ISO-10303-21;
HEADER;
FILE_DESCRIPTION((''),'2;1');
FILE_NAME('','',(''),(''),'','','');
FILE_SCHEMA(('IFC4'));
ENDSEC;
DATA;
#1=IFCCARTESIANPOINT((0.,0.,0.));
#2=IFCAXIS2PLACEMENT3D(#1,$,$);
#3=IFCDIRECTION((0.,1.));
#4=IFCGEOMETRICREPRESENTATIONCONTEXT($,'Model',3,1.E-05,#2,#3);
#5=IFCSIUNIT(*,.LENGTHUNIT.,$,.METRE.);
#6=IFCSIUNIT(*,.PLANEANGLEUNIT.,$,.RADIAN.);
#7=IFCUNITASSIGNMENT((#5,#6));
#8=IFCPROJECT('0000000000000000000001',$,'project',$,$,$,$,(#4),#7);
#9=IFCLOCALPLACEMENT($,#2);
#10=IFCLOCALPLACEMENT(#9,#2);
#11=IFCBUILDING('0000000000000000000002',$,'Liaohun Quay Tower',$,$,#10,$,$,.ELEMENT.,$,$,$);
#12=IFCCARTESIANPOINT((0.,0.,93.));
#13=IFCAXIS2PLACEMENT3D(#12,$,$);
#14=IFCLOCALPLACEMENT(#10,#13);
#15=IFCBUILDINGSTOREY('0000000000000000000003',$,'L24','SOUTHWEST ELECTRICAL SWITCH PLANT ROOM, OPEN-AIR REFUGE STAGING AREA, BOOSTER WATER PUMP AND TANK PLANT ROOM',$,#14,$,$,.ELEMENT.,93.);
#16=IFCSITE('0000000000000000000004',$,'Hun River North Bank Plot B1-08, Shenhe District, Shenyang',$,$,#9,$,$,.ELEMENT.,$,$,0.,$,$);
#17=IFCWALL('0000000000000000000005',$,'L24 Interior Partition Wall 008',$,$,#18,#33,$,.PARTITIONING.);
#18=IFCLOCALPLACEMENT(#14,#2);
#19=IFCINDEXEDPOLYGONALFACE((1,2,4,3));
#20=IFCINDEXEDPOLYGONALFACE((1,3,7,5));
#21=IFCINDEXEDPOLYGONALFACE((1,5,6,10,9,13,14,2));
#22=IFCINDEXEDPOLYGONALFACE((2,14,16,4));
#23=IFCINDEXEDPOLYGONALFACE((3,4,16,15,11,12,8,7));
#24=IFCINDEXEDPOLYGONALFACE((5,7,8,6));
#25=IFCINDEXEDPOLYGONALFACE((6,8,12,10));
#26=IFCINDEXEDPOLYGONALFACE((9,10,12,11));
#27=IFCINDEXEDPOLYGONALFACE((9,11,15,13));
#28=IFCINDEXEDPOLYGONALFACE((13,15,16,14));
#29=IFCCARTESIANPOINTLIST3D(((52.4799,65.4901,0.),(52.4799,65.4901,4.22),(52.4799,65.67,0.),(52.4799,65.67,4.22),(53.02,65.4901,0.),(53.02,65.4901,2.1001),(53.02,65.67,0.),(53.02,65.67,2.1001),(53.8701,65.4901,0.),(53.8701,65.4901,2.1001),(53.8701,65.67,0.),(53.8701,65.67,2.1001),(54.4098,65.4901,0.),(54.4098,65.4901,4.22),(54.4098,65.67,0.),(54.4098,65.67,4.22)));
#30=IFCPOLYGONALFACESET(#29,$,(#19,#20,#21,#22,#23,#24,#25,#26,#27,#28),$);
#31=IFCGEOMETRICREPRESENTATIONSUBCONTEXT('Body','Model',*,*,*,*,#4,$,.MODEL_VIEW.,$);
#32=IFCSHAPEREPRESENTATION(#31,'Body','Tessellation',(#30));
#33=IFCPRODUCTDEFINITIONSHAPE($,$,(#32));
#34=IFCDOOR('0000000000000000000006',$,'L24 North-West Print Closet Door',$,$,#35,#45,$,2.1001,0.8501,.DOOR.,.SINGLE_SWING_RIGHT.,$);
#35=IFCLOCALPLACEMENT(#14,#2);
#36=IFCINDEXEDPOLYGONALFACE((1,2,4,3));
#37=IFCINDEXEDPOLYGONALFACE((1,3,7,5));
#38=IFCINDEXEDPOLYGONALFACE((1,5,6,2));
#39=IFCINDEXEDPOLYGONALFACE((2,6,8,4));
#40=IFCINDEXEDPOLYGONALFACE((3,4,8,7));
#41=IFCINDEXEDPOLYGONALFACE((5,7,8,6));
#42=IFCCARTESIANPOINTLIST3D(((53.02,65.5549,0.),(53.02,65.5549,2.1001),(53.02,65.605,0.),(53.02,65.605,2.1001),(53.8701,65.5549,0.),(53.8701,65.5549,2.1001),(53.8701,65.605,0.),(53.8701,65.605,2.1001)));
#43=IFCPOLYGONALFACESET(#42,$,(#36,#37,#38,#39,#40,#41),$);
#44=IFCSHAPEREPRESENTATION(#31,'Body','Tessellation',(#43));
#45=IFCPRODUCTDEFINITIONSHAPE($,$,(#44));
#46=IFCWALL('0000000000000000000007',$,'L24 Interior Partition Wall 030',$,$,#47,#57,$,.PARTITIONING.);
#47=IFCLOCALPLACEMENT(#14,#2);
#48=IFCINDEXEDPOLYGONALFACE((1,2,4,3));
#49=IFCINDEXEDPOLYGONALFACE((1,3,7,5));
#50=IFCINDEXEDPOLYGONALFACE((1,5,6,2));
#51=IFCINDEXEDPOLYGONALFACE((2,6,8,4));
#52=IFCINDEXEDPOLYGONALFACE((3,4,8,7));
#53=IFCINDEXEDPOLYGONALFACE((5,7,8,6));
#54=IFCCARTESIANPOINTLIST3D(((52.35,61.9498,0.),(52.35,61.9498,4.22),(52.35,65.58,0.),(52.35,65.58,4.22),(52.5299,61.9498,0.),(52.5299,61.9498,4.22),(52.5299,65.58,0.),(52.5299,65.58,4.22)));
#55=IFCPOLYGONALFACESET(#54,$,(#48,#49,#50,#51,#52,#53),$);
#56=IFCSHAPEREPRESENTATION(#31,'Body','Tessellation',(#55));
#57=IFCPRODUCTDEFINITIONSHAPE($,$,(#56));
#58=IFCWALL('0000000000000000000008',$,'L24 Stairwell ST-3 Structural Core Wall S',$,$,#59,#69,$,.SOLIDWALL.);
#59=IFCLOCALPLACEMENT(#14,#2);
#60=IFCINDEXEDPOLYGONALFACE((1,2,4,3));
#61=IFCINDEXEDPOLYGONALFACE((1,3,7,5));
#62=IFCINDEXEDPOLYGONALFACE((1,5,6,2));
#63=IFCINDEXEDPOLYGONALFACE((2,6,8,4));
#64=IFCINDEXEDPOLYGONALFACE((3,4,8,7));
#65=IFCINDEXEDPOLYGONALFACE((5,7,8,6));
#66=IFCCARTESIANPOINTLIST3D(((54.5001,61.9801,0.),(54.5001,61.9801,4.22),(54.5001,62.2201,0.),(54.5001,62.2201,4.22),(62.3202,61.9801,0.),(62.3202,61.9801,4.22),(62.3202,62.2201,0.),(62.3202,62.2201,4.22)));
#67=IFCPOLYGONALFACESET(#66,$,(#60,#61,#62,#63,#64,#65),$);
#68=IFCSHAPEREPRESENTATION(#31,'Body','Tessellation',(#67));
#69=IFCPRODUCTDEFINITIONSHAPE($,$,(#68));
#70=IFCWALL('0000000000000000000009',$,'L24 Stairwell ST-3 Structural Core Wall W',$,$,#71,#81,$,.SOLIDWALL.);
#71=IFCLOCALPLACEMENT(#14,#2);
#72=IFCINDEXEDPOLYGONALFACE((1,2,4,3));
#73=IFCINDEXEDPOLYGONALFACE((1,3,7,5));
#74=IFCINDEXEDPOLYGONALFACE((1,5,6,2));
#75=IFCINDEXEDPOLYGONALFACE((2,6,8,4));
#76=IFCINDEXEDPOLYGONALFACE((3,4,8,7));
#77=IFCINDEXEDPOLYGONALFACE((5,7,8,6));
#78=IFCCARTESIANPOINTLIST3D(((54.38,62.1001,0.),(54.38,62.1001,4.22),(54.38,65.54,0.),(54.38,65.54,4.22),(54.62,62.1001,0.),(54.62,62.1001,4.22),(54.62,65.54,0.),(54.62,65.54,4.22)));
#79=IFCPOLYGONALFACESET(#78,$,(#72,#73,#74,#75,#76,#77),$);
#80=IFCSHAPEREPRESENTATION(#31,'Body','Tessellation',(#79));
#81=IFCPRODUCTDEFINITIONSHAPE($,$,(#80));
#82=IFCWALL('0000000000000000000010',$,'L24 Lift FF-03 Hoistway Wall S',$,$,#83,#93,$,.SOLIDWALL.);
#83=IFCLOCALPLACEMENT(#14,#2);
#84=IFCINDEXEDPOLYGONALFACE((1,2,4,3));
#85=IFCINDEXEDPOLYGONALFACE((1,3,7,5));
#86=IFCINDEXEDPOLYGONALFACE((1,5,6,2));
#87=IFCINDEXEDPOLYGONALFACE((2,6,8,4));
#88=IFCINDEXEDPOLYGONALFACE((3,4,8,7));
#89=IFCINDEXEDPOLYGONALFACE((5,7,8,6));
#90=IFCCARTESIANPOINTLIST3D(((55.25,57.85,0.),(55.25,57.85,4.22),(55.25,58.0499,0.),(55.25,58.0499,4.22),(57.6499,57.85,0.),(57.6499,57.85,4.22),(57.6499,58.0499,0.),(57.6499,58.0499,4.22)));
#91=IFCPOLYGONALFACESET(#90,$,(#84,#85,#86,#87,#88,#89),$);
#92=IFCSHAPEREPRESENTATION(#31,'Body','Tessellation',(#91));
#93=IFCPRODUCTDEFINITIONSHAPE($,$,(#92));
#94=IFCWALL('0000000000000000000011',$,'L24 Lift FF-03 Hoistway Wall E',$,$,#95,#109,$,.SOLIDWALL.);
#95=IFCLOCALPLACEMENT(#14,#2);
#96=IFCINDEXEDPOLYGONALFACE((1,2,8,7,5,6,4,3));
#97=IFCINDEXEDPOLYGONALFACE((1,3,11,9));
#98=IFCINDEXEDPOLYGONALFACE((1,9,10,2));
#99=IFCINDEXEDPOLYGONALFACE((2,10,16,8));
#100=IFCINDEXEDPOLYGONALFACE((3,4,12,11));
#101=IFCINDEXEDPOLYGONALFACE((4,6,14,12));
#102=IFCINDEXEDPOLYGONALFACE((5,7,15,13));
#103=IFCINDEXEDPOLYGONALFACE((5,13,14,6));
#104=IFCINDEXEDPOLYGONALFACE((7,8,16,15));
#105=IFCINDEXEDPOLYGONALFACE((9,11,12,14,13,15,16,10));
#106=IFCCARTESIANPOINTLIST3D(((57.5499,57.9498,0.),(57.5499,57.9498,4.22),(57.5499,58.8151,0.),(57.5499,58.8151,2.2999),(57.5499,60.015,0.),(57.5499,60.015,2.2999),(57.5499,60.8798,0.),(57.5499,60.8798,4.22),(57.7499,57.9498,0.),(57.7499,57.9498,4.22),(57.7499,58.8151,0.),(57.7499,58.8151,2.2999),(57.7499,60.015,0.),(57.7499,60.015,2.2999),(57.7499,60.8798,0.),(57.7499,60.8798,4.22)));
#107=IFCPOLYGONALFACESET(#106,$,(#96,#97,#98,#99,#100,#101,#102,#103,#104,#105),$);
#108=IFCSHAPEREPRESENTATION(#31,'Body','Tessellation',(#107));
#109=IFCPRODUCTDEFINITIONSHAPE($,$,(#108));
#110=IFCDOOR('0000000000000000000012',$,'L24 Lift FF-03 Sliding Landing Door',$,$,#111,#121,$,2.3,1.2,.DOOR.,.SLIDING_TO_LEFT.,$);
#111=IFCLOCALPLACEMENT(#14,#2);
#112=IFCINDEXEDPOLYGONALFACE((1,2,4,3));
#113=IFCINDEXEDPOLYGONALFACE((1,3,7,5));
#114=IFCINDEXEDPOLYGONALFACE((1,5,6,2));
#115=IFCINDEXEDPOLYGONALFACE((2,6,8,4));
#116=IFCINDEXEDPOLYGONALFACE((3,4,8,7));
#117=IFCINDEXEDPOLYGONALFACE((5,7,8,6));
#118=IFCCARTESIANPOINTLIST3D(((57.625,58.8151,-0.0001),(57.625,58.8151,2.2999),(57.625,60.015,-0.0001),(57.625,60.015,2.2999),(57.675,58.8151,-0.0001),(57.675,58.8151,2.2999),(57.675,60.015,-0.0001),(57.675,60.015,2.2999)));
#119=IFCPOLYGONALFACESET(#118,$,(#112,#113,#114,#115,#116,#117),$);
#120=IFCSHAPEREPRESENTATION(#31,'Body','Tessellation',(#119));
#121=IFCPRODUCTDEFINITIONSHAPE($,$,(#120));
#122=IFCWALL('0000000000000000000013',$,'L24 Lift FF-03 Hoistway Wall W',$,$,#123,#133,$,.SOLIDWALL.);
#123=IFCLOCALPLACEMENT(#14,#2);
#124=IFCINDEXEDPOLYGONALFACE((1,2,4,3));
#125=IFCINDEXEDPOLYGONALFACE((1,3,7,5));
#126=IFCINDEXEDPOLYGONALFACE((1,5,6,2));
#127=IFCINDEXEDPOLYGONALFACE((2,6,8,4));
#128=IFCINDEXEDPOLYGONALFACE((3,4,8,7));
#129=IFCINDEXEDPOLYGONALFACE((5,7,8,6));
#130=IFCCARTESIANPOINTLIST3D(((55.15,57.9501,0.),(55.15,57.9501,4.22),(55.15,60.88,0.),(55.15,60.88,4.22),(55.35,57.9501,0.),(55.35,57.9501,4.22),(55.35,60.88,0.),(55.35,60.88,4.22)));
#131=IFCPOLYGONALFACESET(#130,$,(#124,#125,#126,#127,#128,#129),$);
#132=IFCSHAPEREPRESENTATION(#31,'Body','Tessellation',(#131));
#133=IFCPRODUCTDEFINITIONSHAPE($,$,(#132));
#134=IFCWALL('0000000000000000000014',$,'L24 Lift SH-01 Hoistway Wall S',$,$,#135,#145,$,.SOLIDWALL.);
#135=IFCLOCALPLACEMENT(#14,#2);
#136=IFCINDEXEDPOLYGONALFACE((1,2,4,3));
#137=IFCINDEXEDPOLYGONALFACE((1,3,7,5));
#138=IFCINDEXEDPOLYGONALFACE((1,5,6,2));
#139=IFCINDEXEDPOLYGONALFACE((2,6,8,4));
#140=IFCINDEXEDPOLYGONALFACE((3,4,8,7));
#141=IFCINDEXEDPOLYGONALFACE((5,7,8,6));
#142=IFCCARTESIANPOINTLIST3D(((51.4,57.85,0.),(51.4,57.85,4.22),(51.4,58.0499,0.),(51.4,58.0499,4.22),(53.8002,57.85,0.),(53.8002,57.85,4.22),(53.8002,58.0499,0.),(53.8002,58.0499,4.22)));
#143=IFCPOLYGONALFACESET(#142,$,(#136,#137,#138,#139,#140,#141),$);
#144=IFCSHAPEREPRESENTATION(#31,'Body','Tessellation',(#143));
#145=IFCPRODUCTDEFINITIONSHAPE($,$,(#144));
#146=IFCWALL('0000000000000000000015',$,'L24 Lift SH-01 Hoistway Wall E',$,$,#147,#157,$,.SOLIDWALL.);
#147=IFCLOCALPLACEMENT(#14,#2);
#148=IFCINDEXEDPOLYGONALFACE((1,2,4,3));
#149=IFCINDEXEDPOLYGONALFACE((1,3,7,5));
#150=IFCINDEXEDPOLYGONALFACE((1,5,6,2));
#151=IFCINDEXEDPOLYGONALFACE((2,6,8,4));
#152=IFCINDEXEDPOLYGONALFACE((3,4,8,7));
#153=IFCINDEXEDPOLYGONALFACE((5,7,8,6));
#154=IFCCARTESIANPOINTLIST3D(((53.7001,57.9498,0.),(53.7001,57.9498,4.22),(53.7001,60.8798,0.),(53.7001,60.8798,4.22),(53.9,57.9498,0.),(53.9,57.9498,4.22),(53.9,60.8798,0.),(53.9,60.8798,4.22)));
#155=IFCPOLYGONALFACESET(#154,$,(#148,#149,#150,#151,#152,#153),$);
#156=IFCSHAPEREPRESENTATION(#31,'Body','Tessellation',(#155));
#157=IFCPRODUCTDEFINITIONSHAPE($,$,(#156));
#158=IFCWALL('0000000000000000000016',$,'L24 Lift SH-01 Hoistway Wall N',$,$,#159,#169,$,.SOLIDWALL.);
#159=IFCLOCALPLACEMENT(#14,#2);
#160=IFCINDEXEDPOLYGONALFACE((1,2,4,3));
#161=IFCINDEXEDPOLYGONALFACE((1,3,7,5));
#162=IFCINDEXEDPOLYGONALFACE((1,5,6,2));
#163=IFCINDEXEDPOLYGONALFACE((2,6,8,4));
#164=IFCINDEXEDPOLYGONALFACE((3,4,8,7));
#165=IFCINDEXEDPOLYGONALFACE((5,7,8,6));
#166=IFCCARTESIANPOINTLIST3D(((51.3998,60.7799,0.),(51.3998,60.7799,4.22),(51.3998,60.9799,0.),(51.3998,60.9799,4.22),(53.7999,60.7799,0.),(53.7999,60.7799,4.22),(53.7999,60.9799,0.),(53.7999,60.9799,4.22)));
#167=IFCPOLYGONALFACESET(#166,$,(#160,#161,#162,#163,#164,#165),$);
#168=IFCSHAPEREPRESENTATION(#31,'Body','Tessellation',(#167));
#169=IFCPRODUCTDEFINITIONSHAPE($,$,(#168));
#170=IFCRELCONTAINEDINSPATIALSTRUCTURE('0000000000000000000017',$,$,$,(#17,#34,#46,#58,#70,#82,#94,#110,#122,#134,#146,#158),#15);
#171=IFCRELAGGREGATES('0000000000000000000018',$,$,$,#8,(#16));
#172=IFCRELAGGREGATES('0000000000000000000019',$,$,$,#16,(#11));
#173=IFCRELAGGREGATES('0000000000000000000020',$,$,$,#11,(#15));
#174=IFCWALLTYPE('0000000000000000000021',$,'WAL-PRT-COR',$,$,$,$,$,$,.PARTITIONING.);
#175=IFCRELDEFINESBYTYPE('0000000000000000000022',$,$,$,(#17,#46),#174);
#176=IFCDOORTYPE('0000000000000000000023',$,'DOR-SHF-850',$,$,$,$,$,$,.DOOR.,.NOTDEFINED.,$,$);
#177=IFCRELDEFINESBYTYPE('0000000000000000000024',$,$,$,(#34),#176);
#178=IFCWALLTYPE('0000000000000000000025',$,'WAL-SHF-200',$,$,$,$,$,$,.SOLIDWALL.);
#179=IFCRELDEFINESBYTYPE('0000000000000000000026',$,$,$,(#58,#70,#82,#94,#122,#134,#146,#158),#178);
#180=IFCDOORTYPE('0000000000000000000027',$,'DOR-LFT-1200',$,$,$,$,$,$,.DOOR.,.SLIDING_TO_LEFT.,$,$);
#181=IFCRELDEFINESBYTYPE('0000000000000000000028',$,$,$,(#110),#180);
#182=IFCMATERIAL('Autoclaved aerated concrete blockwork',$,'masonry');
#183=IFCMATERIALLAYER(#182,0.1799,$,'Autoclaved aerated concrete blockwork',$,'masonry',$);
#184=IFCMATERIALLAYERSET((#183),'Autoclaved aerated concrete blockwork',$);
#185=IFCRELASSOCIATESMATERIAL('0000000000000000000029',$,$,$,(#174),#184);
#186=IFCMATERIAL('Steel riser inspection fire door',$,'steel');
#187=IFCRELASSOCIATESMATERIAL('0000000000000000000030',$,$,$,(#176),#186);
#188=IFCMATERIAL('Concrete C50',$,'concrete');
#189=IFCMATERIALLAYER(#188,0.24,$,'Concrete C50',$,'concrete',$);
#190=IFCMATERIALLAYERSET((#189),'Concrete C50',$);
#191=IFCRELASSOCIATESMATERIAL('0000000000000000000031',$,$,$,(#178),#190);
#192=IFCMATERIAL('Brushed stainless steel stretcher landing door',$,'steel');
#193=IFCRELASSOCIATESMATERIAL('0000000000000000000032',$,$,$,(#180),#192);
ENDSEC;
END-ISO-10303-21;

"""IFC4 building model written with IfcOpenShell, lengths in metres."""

from ifc_helpers import new_model, si_unit, direction, frame, frame_2d, origin, place, context, subcontext, project, spatial, rectangle, extrude, source, transform, mapped, material, layer, layer_set, type_object, element, fill, save


model = new_model("IFC4")

# Units and contexts
model_context = context("Model", 3, precision=1e-05, world=origin(), true_north=direction((0.0, 1.0)))
body_context = subcontext(model_context, "Body", "Model", "MODEL_VIEW")
ifc_project = project(units=[si_unit("LENGTHUNIT", "METRE"), si_unit("PLANEANGLEUNIT", "RADIAN")], contexts=[model_context])

# Site, building, storey
site_placement = place(None, origin())
site = spatial("IfcSite", under=ifc_project, at=site_placement, Name="Hun River North Bank Plot B1-08, Shenhe District, Shenyang", CompositionType="ELEMENT", RefElevation=0.0)
building_placement = place(site_placement, origin())
building = spatial("IfcBuilding", under=site, at=building_placement, Name="Liaohun Quay Tower", CompositionType="ELEMENT")
storey_placement = place(building_placement, frame((0.0, 0.0, 93.0)))
storey = spatial("IfcBuildingStorey", under=building, at=storey_placement, Name="L24", Description="SOUTHWEST ELECTRICAL SWITCH PLANT ROOM, OPEN-AIR REFUGE STAGING AREA, BOOSTER WATER PUMP AND TANK PLANT ROOM", CompositionType="ELEMENT", Elevation=93.0)

# Wall, opening, door
ifc_material_1 = material(Name="Autoclaved aerated concrete blockwork", Category="masonry")
ifc_layer_1 = layer(ifc_material_1, 0.1799, Name="Autoclaved aerated concrete blockwork", Category="masonry")
ifc_layer_set_1 = layer_set([ifc_layer_1], Name="Autoclaved aerated concrete blockwork")
wall_type_1 = type_object("IfcWallType", Name="WAL-PRT-COR", PredefinedType="PARTITIONING", material=ifc_layer_set_1)
wall_1_placement = place(storey_placement, frame((52.48, 65.5801, 0.0), z_axis=(0.0, 0.0, 1.0), x_axis=(1.0, 0.0, 0.0)))
wall_1 = element("IfcWall", 1, at=wall_1_placement, inside=storey, type_object=wall_type_1, Name="L24 Interior Partition Wall 008", PredefinedType="PARTITIONING", context=body_context, shape_type="SweptSolid", body=[
    extrude(rectangle(XDim=1.9299, YDim=0.1799, at=frame_2d((0.9648, 0.0))), origin(), (0.0, 0.0, 1.0), 4.22),
])
shared_shape_1 = source(origin(), body_context, "Body", "SweptSolid", [
    extrude(rectangle(XDim=0.8501, YDim=2.1001, at=frame_2d((0.425, 1.05))), frame((0.0, 0.0999, 0.0), z_axis=(0.0, -1.0, 0.0), x_axis=(1.0, 0.0, 0.0)), (0.0, 0.0, 1.0), 0.2),
])
opening_1_placement = place(wall_1_placement, frame((0.54, 0.0, 0.0)))
opening_1 = element("IfcOpeningElement", 2, at=opening_1_placement, cuts=wall_1, PredefinedType="OPENING", context=body_context, shape_type="MappedRepresentation", body=[
    mapped(shared_shape_1, transform((0.0, 0.0, 0.0), x_axis=(1.0, 0.0, 0.0), y_axis=(0.0, 1.0, 0.0), z_axis=(0.0, 0.0, 1.0), scale=1.0)),
])
ifc_material_2 = material(Name="Steel riser inspection fire door", Category="steel")
door_type_1 = type_object("IfcDoorType", Name="DOR-SHF-850", OperationType="NOTDEFINED", PredefinedType="DOOR", material=ifc_material_2)
shared_shape_2 = source(origin(), body_context, "Body", "SweptSolid", [
    extrude(rectangle(XDim=0.8501, YDim=2.1001, at=frame_2d((0.425, 1.05))), frame((0.0, 0.0249, 0.0), z_axis=(0.0, -1.0, 0.0), x_axis=(1.0, 0.0, 0.0)), (0.0, 0.0, 1.0), 0.05),
])
door_1_placement = place(opening_1_placement, origin())
door_1 = element("IfcDoor", 3, at=door_1_placement, inside=storey, type_object=door_type_1, Name="L24 North-West Print Closet Door", OperationType="SINGLE_SWING_RIGHT", OverallHeight=2.1001, OverallWidth=0.8501, PredefinedType="DOOR", context=body_context, shape_type="MappedRepresentation", body=[
    mapped(shared_shape_2, transform((0.0, 0.0, 0.0), x_axis=(1.0, 0.0, 0.0), y_axis=(0.0, 1.0, 0.0), z_axis=(0.0, 0.0, 1.0), scale=1.0)),
])
fill(opening_1, door_1)

# Walls
wall_2_placement = place(storey_placement, frame((52.4399, 61.95, 0.0), z_axis=(0.0, 0.0, 1.0), x_axis=(0.0, 1.0, 0.0)))
element("IfcWall", 4, at=wall_2_placement, inside=storey, type_object=wall_type_1, Name="L24 Interior Partition Wall 030", PredefinedType="PARTITIONING", context=body_context, shape_type="SweptSolid", body=[
    extrude(rectangle(XDim=3.6301, YDim=0.1799, at=frame_2d((1.8149, 0.0))), origin(), (0.0, 0.0, 1.0), 4.22),
])
ifc_material_3 = material(Name="Concrete C50", Category="concrete")
ifc_layer_2 = layer(ifc_material_3, 0.24, Name="Concrete C50", Category="concrete")
ifc_layer_set_2 = layer_set([ifc_layer_2], Name="Concrete C50")
wall_type_2 = type_object("IfcWallType", Name="WAL-SHF-200", PredefinedType="SOLIDWALL", material=ifc_layer_set_2)
wall_3_placement = place(storey_placement, frame((54.5, 62.1001, 0.0), z_axis=(0.0, 0.0, 1.0), x_axis=(1.0, 0.0, 0.0)))
element("IfcWall", 5, at=wall_3_placement, inside=storey, type_object=wall_type_2, Name="L24 Stairwell ST-3 Structural Core Wall S", PredefinedType="SOLIDWALL", context=body_context, shape_type="SweptSolid", body=[
    extrude(rectangle(XDim=7.8201, YDim=0.24, at=frame_2d((3.9102, 0.0))), origin(), (0.0, 0.0, 1.0), 4.22),
])
wall_4_placement = place(storey_placement, frame((54.5, 65.54, 0.0), z_axis=(0.0, 0.0, 1.0), x_axis=(0.0, -1.0, 0.0)))
element("IfcWall", 6, at=wall_4_placement, inside=storey, type_object=wall_type_2, Name="L24 Stairwell ST-3 Structural Core Wall W", PredefinedType="SOLIDWALL", context=body_context, shape_type="SweptSolid", body=[
    extrude(rectangle(XDim=3.4399, YDim=0.24, at=frame_2d((1.72, 0.0))), origin(), (0.0, 0.0, 1.0), 4.22),
])
wall_5_placement = place(storey_placement, frame((55.25, 57.95, 0.0), z_axis=(0.0, 0.0, 1.0), x_axis=(1.0, 0.0, 0.0)))
element("IfcWall", 7, at=wall_5_placement, inside=storey, type_object=wall_type_2, Name="L24 Lift FF-03 Hoistway Wall S", PredefinedType="SOLIDWALL", context=body_context, shape_type="SweptSolid", body=[
    extrude(rectangle(XDim=2.3999, YDim=0.2, at=frame_2d((1.2, 0.0))), origin(), (0.0, 0.0, 1.0), 4.22),
])

# Wall, opening, door
wall_6_placement = place(storey_placement, frame((57.6499, 57.95, 0.0), z_axis=(0.0, 0.0, 1.0), x_axis=(0.0, 1.0, 0.0)))
wall_6 = element("IfcWall", 8, at=wall_6_placement, inside=storey, type_object=wall_type_2, Name="L24 Lift FF-03 Hoistway Wall E", PredefinedType="SOLIDWALL", context=body_context, shape_type="SweptSolid", body=[
    extrude(rectangle(XDim=2.9299, YDim=0.2, at=frame_2d((1.4648, 0.0))), origin(), (0.0, 0.0, 1.0), 4.22),
])
shared_shape_3 = source(origin(), body_context, "Body", "SweptSolid", [
    extrude(rectangle(XDim=1.2, YDim=2.3, at=frame_2d((0.6001, 1.1499))), frame((0.0, 0.1099, 0.0), z_axis=(0.0, -1.0, 0.0), x_axis=(1.0, 0.0, 0.0)), (0.0, 0.0, 1.0), 0.22),
])
opening_2_placement = place(wall_6_placement, frame((0.865, 0.0, 0.0)))
opening_2 = element("IfcOpeningElement", 9, at=opening_2_placement, cuts=wall_6, PredefinedType="OPENING", context=body_context, shape_type="MappedRepresentation", body=[
    mapped(shared_shape_3, transform((0.0, 0.0, 0.0), x_axis=(1.0, 0.0, 0.0), y_axis=(0.0, 1.0, 0.0), z_axis=(0.0, 0.0, 1.0), scale=1.0)),
])
ifc_material_4 = material(Name="Brushed stainless steel stretcher landing door", Category="steel")
door_type_2 = type_object("IfcDoorType", Name="DOR-LFT-1200", OperationType="SLIDING_TO_LEFT", PredefinedType="DOOR", material=ifc_material_4)
shared_shape_4 = source(origin(), body_context, "Body", "SweptSolid", [
    extrude(rectangle(XDim=1.2, YDim=2.3, at=frame_2d((0.6001, 1.1499))), frame((0.0, 0.0249, 0.0), z_axis=(0.0, -1.0, 0.0), x_axis=(1.0, 0.0, 0.0)), (0.0, 0.0, 1.0), 0.05),
])
door_2_placement = place(opening_2_placement, origin())
door_2 = element("IfcDoor", 10, at=door_2_placement, inside=storey, type_object=door_type_2, Name="L24 Lift FF-03 Sliding Landing Door", OperationType="SLIDING_TO_LEFT", OverallHeight=2.3, OverallWidth=1.2, PredefinedType="DOOR", context=body_context, shape_type="MappedRepresentation", body=[
    mapped(shared_shape_4, transform((0.0, 0.0, 0.0), x_axis=(1.0, 0.0, 0.0), y_axis=(0.0, 1.0, 0.0), z_axis=(0.0, 0.0, 1.0), scale=1.0)),
])
fill(opening_2, door_2)

# Walls
wall_7_placement = place(storey_placement, frame((55.25, 60.8799, 0.0), z_axis=(0.0, 0.0, 1.0), x_axis=(0.0, -1.0, 0.0)))
element("IfcWall", 11, at=wall_7_placement, inside=storey, type_object=wall_type_2, Name="L24 Lift FF-03 Hoistway Wall W", PredefinedType="SOLIDWALL", context=body_context, shape_type="SweptSolid", body=[
    extrude(rectangle(XDim=2.9299, YDim=0.2, at=frame_2d((1.4648, 0.0))), origin(), (0.0, 0.0, 1.0), 4.22),
])
wall_8_placement = place(storey_placement, frame((51.3999, 57.95, 0.0), z_axis=(0.0, 0.0, 1.0), x_axis=(1.0, 0.0, 0.0)))
element("IfcWall", 12, at=wall_8_placement, inside=storey, type_object=wall_type_2, Name="L24 Lift SH-01 Hoistway Wall S", PredefinedType="SOLIDWALL", context=body_context, shape_type="SweptSolid", body=[
    extrude(rectangle(XDim=2.4001, YDim=0.2, at=frame_2d((1.2002, 0.0))), origin(), (0.0, 0.0, 1.0), 4.22),
])
wall_9_placement = place(storey_placement, frame((53.8, 57.95, 0.0), z_axis=(0.0, 0.0, 1.0), x_axis=(0.0, 1.0, 0.0)))
element("IfcWall", 13, at=wall_9_placement, inside=storey, type_object=wall_type_2, Name="L24 Lift SH-01 Hoistway Wall E", PredefinedType="SOLIDWALL", context=body_context, shape_type="SweptSolid", body=[
    extrude(rectangle(XDim=2.9299, YDim=0.2, at=frame_2d((1.4648, 0.0))), origin(), (0.0, 0.0, 1.0), 4.22),
])
wall_10_placement = place(storey_placement, frame((53.8, 60.8799, 0.0), z_axis=(0.0, 0.0, 1.0), x_axis=(-1.0, 0.0, 0.0)))
element("IfcWall", 14, at=wall_10_placement, inside=storey, type_object=wall_type_2, Name="L24 Lift SH-01 Hoistway Wall N", PredefinedType="SOLIDWALL", context=body_context, shape_type="SweptSolid", body=[
    extrude(rectangle(XDim=2.4001, YDim=0.2, at=frame_2d((1.2002, 0.0))), origin(), (0.0, 0.0, 1.0), 4.22),
])

save(model, "model.ifc")
